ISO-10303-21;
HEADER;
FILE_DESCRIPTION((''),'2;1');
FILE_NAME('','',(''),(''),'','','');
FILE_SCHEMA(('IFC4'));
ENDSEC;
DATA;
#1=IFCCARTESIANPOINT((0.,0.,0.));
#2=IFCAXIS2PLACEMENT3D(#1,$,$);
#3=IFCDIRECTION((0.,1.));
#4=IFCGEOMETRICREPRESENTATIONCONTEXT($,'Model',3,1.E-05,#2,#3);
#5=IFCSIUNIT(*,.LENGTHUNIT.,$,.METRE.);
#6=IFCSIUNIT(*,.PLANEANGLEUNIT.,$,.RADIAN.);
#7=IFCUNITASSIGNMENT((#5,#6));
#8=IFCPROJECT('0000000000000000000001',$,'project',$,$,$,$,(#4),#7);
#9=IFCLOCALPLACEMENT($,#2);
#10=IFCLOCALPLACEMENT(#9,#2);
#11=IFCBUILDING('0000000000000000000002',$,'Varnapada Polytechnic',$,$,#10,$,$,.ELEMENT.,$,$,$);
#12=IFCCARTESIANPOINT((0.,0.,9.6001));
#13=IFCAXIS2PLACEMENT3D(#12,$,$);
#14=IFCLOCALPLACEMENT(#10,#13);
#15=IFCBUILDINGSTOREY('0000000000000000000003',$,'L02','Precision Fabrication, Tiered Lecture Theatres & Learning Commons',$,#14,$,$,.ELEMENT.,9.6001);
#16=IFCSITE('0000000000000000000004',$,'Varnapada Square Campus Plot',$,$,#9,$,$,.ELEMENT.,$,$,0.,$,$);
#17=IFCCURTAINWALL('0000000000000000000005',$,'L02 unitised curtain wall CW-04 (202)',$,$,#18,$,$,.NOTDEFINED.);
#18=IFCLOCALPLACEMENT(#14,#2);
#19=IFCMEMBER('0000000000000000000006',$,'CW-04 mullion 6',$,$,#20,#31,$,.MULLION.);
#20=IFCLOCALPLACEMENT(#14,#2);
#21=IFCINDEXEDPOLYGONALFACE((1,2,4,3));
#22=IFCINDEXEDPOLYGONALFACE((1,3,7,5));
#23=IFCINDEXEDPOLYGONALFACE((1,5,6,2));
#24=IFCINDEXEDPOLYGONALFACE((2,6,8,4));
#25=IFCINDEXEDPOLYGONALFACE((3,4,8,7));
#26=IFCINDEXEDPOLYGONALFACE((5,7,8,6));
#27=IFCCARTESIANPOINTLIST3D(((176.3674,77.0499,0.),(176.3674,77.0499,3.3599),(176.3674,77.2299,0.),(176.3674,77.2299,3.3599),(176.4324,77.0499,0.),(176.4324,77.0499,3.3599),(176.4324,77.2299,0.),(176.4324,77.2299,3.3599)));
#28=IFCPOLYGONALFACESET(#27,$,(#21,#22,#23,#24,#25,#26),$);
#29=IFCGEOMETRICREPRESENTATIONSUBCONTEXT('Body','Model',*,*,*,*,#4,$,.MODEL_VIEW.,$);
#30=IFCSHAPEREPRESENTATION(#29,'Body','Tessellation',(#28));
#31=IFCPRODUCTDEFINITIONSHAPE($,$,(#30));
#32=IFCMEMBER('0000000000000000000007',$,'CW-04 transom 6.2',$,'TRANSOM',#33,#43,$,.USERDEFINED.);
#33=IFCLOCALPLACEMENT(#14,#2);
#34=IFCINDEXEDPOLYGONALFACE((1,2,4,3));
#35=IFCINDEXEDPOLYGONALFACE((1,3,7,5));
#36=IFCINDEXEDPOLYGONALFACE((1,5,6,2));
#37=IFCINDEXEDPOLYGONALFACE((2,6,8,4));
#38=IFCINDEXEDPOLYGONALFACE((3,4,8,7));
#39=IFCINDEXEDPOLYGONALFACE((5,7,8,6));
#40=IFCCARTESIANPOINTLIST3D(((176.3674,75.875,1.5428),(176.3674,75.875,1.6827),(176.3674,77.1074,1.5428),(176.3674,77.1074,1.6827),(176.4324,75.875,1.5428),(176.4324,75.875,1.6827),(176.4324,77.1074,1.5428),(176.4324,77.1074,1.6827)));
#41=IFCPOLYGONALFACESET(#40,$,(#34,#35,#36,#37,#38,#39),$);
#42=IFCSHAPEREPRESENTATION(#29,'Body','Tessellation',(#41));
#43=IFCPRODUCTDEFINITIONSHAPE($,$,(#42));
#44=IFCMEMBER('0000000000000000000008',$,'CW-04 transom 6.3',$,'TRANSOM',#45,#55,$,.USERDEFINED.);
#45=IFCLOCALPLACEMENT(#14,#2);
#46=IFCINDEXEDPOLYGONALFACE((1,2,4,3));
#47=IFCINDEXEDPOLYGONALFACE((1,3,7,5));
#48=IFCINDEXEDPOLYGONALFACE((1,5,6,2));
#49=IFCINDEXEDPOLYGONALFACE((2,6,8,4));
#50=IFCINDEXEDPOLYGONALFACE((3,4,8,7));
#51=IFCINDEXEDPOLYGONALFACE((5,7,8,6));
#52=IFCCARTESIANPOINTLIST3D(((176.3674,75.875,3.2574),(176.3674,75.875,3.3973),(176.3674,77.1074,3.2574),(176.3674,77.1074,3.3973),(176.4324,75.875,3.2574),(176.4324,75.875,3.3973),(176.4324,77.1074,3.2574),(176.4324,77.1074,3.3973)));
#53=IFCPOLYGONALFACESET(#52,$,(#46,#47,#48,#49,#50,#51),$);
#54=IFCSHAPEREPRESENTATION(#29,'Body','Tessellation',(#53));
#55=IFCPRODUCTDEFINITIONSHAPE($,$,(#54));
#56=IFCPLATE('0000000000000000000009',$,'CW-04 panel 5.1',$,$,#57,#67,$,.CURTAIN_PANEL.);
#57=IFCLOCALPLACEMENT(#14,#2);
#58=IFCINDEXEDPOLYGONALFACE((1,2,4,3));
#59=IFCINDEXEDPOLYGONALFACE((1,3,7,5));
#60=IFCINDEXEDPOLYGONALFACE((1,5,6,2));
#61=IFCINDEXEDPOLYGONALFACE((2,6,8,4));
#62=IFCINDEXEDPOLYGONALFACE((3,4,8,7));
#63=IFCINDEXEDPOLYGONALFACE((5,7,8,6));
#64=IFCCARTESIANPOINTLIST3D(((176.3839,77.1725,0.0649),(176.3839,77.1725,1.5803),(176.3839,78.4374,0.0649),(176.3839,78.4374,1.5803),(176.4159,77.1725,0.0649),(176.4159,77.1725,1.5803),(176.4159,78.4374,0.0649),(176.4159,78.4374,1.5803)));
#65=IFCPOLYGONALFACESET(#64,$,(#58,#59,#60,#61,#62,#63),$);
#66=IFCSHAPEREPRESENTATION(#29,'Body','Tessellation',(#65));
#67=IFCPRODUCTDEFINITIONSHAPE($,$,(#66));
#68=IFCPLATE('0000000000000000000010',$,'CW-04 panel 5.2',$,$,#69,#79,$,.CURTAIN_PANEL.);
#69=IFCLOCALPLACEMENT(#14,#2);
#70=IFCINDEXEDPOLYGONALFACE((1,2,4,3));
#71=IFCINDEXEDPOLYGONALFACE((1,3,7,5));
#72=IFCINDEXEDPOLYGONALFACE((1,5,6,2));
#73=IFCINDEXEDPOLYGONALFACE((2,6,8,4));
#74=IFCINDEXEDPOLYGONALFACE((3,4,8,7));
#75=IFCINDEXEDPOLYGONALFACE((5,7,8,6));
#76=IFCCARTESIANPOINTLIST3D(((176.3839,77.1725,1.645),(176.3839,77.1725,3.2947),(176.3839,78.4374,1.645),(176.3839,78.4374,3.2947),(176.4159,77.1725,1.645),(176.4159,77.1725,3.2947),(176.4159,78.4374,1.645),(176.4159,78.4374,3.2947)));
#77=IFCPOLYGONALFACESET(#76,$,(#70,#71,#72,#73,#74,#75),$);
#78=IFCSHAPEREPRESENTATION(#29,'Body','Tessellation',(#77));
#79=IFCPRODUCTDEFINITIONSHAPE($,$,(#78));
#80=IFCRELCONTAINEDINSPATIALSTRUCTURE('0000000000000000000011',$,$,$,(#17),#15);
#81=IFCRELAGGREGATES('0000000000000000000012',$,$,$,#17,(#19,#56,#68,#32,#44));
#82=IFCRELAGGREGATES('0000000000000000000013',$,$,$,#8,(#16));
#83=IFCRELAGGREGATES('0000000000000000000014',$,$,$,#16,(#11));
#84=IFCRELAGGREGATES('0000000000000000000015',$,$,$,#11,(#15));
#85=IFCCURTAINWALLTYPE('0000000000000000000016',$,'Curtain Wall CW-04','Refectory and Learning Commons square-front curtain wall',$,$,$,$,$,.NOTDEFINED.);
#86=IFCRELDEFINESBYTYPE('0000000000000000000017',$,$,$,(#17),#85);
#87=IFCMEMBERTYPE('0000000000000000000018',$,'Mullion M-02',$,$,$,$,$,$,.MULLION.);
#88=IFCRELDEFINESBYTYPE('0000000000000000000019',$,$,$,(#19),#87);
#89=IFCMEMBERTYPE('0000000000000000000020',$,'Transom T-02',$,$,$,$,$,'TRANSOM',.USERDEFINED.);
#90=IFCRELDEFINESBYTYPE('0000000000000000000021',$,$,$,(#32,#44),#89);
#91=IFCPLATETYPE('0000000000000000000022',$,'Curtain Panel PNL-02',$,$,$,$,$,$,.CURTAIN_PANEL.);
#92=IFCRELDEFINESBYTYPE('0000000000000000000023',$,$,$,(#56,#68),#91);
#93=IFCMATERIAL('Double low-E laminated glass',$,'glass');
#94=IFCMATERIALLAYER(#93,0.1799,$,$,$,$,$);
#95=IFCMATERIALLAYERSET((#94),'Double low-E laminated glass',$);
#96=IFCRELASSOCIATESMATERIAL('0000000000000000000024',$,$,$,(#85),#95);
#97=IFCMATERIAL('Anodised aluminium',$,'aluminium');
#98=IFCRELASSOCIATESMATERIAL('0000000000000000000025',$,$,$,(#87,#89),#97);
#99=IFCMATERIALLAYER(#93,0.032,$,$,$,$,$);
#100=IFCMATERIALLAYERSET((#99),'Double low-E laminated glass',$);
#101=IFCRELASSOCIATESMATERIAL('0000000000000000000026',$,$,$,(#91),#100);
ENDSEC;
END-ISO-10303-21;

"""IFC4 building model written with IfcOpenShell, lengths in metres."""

from ifc_helpers import new_model, si_unit, direction, frame, origin, origin_2d, place, context, subcontext, project, spatial, rectangle, extrude, material, layer, layer_set, material_profile, profile_set, type_object, element, aggregate, save


model = new_model("IFC4")

# Units and contexts
model_context = context("Model", 3, precision=1e-05, world=origin(), true_north=direction((0.0, 1.0)))
body_context = subcontext(model_context, "Body", "Model", "MODEL_VIEW")
ifc_project = project(units=[si_unit("LENGTHUNIT", "METRE"), si_unit("PLANEANGLEUNIT", "RADIAN")], contexts=[model_context])

# Site, building, storey
site_placement = place(None, origin())
site = spatial("IfcSite", under=ifc_project, at=site_placement, Name="Varnapada Square Campus Plot", CompositionType="ELEMENT", RefElevation=0.0)
building_placement = place(site_placement, origin())
building = spatial("IfcBuilding", under=site, at=building_placement, Name="Varnapada Polytechnic", CompositionType="ELEMENT")
storey_placement = place(building_placement, frame((0.0, 0.0, 9.6001)))
storey = spatial("IfcBuildingStorey", under=building, at=storey_placement, Name="L02", Description="Precision Fabrication, Tiered Lecture Theatres & Learning Commons", CompositionType="ELEMENT", Elevation=9.6001)

# Curtain wall, members, plates
ifc_material_1 = material(Name="Double low-E laminated glass", Category="glass")
ifc_layer_1 = layer(ifc_material_1, 0.1799)
ifc_layer_set_1 = layer_set([ifc_layer_1], Name="Double low-E laminated glass")
curtain_wall_type = type_object("IfcCurtainWallType", Name="Curtain Wall CW-04", Description="Refectory and Learning Commons square-front curtain wall", PredefinedType="NOTDEFINED", material=ifc_layer_set_1)
curtain_wall_placement = place(storey_placement, origin())
curtain_wall = element("IfcCurtainWall", 1, at=curtain_wall_placement, inside=storey, type_object=curtain_wall_type, Name="L02 unitised curtain wall CW-04 (202)", PredefinedType="NOTDEFINED")
ifc_material_2 = material(Name="Anodised aluminium", Category="aluminium")
ifc_material_profile_1 = material_profile(ifc_material_2, rectangle(XDim=0.0649, YDim=0.1799, at=origin_2d()), Name="ALU M65x180")
ifc_profile_set_1 = profile_set([ifc_material_profile_1], Name="Anodised aluminium")
member_type_1 = type_object("IfcMemberType", Name="Mullion M-02", PredefinedType="MULLION", material=ifc_profile_set_1)
member_1_placement = place(storey_placement, frame((176.3999, 77.1399, 0.0), z_axis=(0.0, 0.0, 1.0), x_axis=(1.0, 0.0, 0.0)))
member_1 = element("IfcMember", 2, at=member_1_placement, type_object=member_type_1, Name="CW-04 mullion 6", PredefinedType="MULLION", context=body_context, shape_type="SweptSolid", body=[
    extrude(rectangle(XDim=0.0649, YDim=0.1799, at=origin_2d()), origin(), (0.0, 0.0, 1.0), 3.3599),
])
ifc_material_profile_2 = material_profile(ifc_material_2, rectangle(XDim=0.0649, YDim=0.1399, at=origin_2d()), Name="ALU T65x140")
ifc_profile_set_2 = profile_set([ifc_material_profile_2], Name="Anodised aluminium")
member_type_2 = type_object("IfcMemberType", Name="Transom T-02", ElementType="TRANSOM", PredefinedType="USERDEFINED", material=ifc_profile_set_2)
member_2_placement = place(storey_placement, frame((176.3999, 77.1074, 1.6128), z_axis=(0.0, -1.0, 0.0), x_axis=(1.0, 0.0, 0.0)))
member_2 = element("IfcMember", 3, at=member_2_placement, type_object=member_type_2, Name="CW-04 transom 6.2", ObjectType="TRANSOM", PredefinedType="USERDEFINED", context=body_context, shape_type="SweptSolid", body=[
    extrude(rectangle(XDim=0.0649, YDim=0.1399, at=origin_2d()), origin(), (0.0, 0.0, 1.0), 1.2324),
])
member_3_placement = place(storey_placement, frame((176.3999, 77.1074, 3.3274), z_axis=(0.0, -1.0, 0.0), x_axis=(1.0, 0.0, 0.0)))
member_3 = element("IfcMember", 4, at=member_3_placement, type_object=member_type_2, Name="CW-04 transom 6.3", ObjectType="TRANSOM", PredefinedType="USERDEFINED", context=body_context, shape_type="SweptSolid", body=[
    extrude(rectangle(XDim=0.0649, YDim=0.1399, at=origin_2d()), origin(), (0.0, 0.0, 1.0), 1.2324),
])
ifc_layer_2 = layer(ifc_material_1, 0.032)
ifc_layer_set_2 = layer_set([ifc_layer_2], Name="Double low-E laminated glass")
plate_type = type_object("IfcPlateType", Name="Curtain Panel PNL-02", PredefinedType="CURTAIN_PANEL", material=ifc_layer_set_2)
plate_1_placement = place(storey_placement, frame((176.3999, 77.8049, 0.0649), z_axis=(0.0, 0.0, 1.0), x_axis=(0.0, -1.0, 0.0)))
plate_1 = element("IfcPlate", 5, at=plate_1_placement, type_object=plate_type, Name="CW-04 panel 5.1", PredefinedType="CURTAIN_PANEL", context=body_context, shape_type="SweptSolid", body=[
    extrude(rectangle(XDim=1.2649, YDim=0.032, at=origin_2d()), origin(), (0.0, 0.0, 1.0), 1.5154),
])
plate_2_placement = place(storey_placement, frame((176.3999, 77.8049, 1.645), z_axis=(0.0, 0.0, 1.0), x_axis=(0.0, -1.0, 0.0)))
plate_2 = element("IfcPlate", 6, at=plate_2_placement, type_object=plate_type, Name="CW-04 panel 5.2", PredefinedType="CURTAIN_PANEL", context=body_context, shape_type="SweptSolid", body=[
    extrude(rectangle(XDim=1.2649, YDim=0.032, at=origin_2d()), origin(), (0.0, 0.0, 1.0), 1.6497),
])
aggregate(curtain_wall, [member_1, plate_1, plate_2, member_2, member_3])

save(model, "model.ifc")
